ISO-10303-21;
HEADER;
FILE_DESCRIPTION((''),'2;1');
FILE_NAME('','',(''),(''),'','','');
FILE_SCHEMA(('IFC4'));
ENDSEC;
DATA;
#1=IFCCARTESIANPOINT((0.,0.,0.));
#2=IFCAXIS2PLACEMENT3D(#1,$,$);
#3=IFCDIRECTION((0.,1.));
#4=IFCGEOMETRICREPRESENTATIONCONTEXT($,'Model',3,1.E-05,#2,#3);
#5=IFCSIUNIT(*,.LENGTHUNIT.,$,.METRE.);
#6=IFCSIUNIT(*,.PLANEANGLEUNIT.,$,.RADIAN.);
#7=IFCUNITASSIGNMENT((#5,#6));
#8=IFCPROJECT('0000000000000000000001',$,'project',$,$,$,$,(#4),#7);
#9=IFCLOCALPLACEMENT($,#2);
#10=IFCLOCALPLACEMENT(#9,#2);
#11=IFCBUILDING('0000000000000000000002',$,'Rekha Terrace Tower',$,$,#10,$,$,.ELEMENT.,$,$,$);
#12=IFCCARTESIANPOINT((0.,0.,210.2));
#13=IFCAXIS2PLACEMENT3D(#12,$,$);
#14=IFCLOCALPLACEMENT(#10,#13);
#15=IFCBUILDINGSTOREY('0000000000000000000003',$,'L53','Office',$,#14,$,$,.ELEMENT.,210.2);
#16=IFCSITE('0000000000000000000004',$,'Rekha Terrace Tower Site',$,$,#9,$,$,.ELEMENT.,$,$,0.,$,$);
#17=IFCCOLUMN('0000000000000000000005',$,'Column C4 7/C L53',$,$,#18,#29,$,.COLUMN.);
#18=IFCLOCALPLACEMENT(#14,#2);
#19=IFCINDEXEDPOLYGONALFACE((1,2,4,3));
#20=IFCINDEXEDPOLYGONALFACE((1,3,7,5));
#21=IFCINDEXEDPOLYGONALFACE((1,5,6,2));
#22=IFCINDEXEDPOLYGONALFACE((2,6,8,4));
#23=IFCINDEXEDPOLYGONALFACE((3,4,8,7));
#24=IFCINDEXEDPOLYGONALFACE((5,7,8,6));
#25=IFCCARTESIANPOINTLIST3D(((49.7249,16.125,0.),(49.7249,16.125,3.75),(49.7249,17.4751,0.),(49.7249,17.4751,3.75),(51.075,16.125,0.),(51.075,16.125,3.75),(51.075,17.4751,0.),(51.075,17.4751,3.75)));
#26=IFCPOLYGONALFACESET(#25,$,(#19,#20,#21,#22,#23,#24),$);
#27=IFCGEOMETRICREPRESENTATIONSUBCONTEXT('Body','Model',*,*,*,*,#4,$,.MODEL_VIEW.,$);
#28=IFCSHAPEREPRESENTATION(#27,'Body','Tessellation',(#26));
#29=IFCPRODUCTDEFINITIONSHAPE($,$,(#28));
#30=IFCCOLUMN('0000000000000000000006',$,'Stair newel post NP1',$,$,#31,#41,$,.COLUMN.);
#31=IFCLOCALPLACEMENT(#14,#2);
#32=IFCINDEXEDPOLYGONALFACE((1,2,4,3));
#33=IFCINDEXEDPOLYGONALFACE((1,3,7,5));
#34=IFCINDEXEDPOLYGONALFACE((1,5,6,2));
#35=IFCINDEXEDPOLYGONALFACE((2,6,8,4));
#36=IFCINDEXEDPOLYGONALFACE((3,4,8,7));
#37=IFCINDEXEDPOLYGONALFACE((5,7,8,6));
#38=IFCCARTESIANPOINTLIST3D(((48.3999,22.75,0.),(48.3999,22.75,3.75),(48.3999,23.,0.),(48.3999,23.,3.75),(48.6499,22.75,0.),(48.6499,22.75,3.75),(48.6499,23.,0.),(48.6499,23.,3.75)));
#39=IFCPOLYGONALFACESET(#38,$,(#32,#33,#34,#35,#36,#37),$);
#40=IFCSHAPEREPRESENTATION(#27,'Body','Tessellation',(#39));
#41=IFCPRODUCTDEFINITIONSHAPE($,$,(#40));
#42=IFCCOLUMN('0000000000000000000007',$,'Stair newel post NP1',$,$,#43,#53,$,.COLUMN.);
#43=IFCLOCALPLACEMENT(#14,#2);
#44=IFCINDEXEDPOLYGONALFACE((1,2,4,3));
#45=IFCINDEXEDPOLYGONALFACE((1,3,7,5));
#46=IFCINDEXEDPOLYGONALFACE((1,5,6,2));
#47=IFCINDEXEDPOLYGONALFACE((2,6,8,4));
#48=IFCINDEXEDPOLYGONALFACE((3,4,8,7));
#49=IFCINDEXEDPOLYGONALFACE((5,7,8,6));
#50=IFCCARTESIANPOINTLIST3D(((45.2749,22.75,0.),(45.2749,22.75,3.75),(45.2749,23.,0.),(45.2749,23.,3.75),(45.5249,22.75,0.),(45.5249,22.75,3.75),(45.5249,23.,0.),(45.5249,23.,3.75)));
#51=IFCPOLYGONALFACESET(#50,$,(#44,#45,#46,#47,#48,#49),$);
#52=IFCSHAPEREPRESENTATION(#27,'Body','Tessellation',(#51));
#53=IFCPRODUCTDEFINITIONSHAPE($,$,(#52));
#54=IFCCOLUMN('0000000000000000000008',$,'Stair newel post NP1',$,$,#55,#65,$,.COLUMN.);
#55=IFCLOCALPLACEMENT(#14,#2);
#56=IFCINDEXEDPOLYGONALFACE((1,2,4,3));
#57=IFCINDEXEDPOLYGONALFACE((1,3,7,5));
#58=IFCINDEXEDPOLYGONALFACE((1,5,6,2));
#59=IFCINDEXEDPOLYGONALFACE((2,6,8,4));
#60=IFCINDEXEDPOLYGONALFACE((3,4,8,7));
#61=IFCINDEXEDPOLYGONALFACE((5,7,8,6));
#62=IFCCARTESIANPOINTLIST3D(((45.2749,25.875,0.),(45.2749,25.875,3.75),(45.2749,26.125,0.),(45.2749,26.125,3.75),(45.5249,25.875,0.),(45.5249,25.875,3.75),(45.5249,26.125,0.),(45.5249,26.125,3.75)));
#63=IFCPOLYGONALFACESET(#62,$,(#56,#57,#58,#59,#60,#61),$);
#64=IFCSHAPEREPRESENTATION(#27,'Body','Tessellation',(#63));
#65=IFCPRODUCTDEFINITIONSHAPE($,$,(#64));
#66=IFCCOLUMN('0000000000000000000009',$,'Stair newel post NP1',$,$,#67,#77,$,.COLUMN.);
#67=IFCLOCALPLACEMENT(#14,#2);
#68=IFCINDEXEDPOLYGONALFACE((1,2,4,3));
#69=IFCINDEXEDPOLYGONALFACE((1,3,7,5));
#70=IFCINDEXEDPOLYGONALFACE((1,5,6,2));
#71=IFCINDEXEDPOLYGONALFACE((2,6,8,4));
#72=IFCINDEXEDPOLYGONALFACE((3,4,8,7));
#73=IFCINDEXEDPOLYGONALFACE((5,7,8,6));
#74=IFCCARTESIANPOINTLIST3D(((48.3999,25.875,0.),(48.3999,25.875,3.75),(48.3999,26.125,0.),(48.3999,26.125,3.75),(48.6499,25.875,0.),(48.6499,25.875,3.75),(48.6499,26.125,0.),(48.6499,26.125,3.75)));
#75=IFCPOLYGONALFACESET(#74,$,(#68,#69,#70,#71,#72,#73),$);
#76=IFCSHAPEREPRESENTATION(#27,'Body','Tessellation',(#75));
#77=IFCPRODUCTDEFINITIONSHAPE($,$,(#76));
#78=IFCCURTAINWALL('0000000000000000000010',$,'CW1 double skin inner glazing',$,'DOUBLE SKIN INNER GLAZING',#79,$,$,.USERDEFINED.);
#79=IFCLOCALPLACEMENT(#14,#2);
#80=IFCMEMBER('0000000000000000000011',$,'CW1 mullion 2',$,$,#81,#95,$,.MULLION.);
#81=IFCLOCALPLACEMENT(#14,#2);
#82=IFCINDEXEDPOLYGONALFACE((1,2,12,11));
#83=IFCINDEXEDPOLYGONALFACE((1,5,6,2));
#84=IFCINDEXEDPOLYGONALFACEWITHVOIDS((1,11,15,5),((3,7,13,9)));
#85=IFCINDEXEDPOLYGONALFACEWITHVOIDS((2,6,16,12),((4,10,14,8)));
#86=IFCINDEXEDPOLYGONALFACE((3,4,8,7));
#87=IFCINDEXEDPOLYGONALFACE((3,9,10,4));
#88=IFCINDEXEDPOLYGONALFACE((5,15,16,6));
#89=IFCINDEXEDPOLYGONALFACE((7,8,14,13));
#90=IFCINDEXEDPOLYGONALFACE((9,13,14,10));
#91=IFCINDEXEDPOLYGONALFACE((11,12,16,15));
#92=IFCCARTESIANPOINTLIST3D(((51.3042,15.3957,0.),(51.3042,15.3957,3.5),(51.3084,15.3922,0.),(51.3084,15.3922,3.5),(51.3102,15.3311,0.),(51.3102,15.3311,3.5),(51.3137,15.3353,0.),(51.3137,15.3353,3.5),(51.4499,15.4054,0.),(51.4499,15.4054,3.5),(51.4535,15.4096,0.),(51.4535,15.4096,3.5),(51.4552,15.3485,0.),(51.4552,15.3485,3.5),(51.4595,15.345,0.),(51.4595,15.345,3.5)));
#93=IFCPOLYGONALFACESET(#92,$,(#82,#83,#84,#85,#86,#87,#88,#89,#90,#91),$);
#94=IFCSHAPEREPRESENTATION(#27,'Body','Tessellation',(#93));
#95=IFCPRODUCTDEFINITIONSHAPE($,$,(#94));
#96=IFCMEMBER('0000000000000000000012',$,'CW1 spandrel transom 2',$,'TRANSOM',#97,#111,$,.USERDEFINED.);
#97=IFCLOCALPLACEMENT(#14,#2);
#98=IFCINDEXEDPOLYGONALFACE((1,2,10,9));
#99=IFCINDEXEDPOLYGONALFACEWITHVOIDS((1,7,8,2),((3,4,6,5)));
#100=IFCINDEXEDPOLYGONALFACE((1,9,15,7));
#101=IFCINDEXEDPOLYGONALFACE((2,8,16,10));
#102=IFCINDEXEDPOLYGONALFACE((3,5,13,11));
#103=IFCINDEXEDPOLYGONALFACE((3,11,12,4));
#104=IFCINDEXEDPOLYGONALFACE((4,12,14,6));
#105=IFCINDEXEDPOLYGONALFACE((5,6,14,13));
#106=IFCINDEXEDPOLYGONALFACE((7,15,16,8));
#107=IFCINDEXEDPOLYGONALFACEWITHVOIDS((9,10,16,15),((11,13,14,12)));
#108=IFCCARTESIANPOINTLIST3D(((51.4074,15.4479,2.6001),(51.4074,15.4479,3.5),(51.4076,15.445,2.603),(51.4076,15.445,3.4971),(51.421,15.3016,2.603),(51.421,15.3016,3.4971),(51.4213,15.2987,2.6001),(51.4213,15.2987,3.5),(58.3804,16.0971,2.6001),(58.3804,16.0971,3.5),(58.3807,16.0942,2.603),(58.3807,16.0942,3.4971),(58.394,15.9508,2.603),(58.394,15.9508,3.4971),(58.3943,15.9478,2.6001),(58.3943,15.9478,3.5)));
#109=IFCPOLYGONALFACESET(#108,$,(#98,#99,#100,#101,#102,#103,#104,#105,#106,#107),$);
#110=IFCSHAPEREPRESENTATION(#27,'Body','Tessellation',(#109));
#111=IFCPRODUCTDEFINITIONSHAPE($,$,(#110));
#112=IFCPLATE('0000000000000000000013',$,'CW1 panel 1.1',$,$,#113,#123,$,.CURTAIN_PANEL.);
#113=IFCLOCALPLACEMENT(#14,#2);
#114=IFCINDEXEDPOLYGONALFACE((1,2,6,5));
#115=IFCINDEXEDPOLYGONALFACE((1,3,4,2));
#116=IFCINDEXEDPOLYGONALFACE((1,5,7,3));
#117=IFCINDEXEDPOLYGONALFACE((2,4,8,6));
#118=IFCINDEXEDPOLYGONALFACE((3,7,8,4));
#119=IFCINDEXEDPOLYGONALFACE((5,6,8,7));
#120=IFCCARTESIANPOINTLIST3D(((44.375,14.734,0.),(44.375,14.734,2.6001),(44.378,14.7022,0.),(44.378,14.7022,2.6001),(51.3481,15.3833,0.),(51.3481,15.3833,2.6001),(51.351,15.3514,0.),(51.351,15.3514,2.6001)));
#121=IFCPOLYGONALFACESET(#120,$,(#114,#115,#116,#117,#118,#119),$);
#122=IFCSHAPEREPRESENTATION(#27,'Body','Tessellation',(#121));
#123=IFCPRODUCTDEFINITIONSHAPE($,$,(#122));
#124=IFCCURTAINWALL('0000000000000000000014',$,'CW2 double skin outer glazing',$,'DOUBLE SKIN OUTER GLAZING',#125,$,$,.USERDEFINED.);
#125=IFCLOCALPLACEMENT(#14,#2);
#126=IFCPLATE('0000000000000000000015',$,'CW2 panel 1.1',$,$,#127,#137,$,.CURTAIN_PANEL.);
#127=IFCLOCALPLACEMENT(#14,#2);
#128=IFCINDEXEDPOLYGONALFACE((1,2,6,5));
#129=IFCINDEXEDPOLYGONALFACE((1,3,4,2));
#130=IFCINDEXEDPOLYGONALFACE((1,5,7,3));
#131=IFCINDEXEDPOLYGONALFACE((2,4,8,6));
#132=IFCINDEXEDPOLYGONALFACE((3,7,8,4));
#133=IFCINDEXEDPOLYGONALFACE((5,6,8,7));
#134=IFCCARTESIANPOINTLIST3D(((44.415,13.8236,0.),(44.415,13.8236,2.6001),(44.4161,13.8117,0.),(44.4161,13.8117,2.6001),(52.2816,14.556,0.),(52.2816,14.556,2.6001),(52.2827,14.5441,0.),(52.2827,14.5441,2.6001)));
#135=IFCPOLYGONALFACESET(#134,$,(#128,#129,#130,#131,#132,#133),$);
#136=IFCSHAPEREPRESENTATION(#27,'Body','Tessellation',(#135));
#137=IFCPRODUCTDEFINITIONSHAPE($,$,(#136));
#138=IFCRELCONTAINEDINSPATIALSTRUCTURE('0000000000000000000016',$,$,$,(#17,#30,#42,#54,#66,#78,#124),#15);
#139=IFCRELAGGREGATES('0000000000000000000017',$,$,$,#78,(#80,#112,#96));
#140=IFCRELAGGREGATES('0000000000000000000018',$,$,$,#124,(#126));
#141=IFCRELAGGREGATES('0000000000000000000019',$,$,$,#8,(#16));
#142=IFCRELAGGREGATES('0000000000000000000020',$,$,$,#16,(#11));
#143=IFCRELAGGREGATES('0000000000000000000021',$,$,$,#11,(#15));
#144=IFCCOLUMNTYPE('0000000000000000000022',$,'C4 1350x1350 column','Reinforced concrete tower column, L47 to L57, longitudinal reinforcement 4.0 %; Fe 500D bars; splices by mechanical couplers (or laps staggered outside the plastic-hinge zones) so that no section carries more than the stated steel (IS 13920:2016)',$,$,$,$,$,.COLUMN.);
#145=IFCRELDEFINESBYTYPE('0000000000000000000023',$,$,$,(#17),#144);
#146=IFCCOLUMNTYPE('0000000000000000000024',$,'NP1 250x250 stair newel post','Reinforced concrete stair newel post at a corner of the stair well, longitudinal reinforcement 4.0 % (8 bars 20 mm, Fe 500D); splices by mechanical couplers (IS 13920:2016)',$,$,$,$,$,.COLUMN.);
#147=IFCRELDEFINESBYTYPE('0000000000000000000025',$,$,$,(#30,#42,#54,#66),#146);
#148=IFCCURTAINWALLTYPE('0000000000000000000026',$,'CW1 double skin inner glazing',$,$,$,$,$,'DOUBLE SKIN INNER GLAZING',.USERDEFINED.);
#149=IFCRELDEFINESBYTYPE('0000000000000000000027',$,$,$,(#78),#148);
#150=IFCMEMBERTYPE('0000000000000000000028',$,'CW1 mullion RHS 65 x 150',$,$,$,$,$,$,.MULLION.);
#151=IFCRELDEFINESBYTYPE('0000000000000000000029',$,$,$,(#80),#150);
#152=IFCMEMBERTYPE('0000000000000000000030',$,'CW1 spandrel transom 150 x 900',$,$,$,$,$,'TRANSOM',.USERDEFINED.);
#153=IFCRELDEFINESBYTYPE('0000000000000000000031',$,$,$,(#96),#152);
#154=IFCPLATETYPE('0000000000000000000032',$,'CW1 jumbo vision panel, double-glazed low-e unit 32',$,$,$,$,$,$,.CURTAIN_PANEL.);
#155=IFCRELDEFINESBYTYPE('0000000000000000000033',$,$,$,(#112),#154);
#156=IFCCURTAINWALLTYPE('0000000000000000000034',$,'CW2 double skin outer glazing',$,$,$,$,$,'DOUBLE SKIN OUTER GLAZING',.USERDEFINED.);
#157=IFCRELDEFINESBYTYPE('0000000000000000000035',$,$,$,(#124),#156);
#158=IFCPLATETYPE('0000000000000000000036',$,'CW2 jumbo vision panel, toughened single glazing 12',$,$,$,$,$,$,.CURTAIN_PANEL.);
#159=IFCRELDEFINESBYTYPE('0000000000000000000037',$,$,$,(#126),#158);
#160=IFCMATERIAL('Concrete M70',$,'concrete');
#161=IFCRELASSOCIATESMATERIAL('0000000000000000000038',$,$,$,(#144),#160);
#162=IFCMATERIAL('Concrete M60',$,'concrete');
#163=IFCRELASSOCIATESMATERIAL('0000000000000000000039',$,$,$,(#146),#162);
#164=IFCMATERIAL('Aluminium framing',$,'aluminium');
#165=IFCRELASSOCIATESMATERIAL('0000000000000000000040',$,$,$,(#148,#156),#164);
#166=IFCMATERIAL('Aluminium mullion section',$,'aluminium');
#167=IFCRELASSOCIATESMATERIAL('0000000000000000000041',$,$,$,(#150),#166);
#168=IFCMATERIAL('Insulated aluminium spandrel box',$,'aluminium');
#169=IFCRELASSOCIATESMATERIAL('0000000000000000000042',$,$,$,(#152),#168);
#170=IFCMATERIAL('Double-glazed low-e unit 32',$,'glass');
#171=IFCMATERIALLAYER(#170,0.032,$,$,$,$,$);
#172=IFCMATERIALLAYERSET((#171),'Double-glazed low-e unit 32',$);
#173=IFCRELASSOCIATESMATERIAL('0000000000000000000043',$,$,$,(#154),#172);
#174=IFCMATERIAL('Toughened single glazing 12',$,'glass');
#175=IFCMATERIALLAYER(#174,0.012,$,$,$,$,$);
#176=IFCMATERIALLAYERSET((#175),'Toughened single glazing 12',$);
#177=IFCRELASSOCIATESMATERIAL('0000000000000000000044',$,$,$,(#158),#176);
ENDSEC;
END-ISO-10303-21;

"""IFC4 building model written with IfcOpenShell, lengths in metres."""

from ifc_helpers import new_model, si_unit, direction, frame, origin, origin_2d, place, context, subcontext, project, spatial, rectangle, hollow_rectangle, extrude, material, layer, layer_set, material_profile, profile_set, type_object, element, aggregate, save


model = new_model("IFC4")

# Units and contexts
model_context = context("Model", 3, precision=1e-05, world=origin(), true_north=direction((0.0, 1.0)))
body_context = subcontext(model_context, "Body", "Model", "MODEL_VIEW")
ifc_project = project(units=[si_unit("LENGTHUNIT", "METRE"), si_unit("PLANEANGLEUNIT", "RADIAN")], contexts=[model_context])

# Site, building, storey
site_placement = place(None, origin())
site = spatial("IfcSite", under=ifc_project, at=site_placement, Name="Rekha Terrace Tower Site", CompositionType="ELEMENT", RefElevation=0.0)
building_placement = place(site_placement, origin())
building = spatial("IfcBuilding", under=site, at=building_placement, Name="Rekha Terrace Tower", CompositionType="ELEMENT")
storey_placement = place(building_placement, frame((0.0, 0.0, 210.2)))
storey = spatial("IfcBuildingStorey", under=building, at=storey_placement, Name="L53", Description="Office", CompositionType="ELEMENT", Elevation=210.2)

# Columns
ifc_material_1 = material(Name="Concrete M70", Category="concrete")
ifc_material_profile_1 = material_profile(ifc_material_1, rectangle(XDim=1.3501, YDim=1.3501, at=origin_2d()), Name="RC 1350x1350")
ifc_profile_set_1 = profile_set([ifc_material_profile_1], Name="Concrete M70")
column_type_1 = type_object("IfcColumnType", Name="C4 1350x1350 column", Description="Reinforced concrete tower column, L47 to L57, longitudinal reinforcement 4.0 %; Fe 500D bars; splices by mechanical couplers (or laps staggered outside the plastic-hinge zones) so that no section carries more than the stated steel (IS 13920:2016)", PredefinedType="COLUMN", material=ifc_profile_set_1)
column_placement = place(storey_placement, frame((50.3999, 16.8, 0.0), z_axis=(0.0, 0.0, 1.0), x_axis=(1.0, 0.0, 0.0)))
element("IfcColumn", 1, at=column_placement, inside=storey, type_object=column_type_1, Name="Column C4 7/C L53", PredefinedType="COLUMN", context=body_context, shape_type="SweptSolid", body=[
    extrude(rectangle(XDim=1.3501, YDim=1.3501, at=origin_2d()), origin(), (0.0, 0.0, 1.0), 3.75),
])
ifc_material_2 = material(Name="Concrete M60", Category="concrete")
ifc_material_profile_2 = material_profile(ifc_material_2, rectangle(XDim=0.25, YDim=0.25, at=origin_2d()), Name="RC 250x250")
ifc_profile_set_2 = profile_set([ifc_material_profile_2], Name="Concrete M60")
column_type_2 = type_object("IfcColumnType", Name="NP1 250x250 stair newel post", Description="Reinforced concrete stair newel post at a corner of the stair well, longitudinal reinforcement 4.0 % (8 bars 20 mm, Fe 500D); splices by mechanical couplers (IS 13920:2016)", PredefinedType="COLUMN", material=ifc_profile_set_2)
for number, where, z_axis, x_axis, name in (
    (2, (48.5249, 22.875, 0.0), (0.0, 0.0, 1.0), (1.0, 0.0, 0.0), "Stair newel post NP1"),
    (3, (45.3999, 22.875, 0.0), (0.0, 0.0, 1.0), (1.0, 0.0, 0.0), "Stair newel post NP1"),
    (4, (45.3999, 26.0, 0.0), (0.0, 0.0, 1.0), (1.0, 0.0, 0.0), "Stair newel post NP1"),
    (5, (48.5249, 26.0, 0.0), (0.0, 0.0, 1.0), (1.0, 0.0, 0.0), "Stair newel post NP1"),
):
    element("IfcColumn", number, at=place(storey_placement, frame(where, z_axis=z_axis, x_axis=x_axis)), inside=storey, type_object=column_type_2, Name=name, PredefinedType="COLUMN", context=body_context, shape_type="SweptSolid", body=[
        extrude(rectangle(XDim=0.25, YDim=0.25, at=origin_2d()), origin(), (0.0, 0.0, 1.0), 3.75),
    ])

# Curtain wall, members, plate
ifc_material_3 = material(Name="Aluminium framing", Category="aluminium")
curtain_wall_type_1 = type_object("IfcCurtainWallType", Name="CW1 double skin inner glazing", ElementType="DOUBLE SKIN INNER GLAZING", PredefinedType="USERDEFINED", material=ifc_material_3)
curtain_wall_1_placement = place(storey_placement, origin())
curtain_wall_1 = element("IfcCurtainWall", 6, at=curtain_wall_1_placement, inside=storey, type_object=curtain_wall_type_1, Name="CW1 double skin inner glazing", ObjectType="DOUBLE SKIN INNER GLAZING", PredefinedType="USERDEFINED")
ifc_material_4 = material(Name="Aluminium mullion section", Category="aluminium")
ifc_material_profile_3 = material_profile(ifc_material_4, hollow_rectangle(XDim=0.0649, YDim=0.1499, WallThickness=0.0039, at=origin_2d()), Name="AL RHS 65x150")
ifc_profile_set_3 = profile_set([ifc_material_profile_3], Name="Aluminium mullion section")
member_type_1 = type_object("IfcMemberType", Name="CW1 mullion RHS 65 x 150", PredefinedType="MULLION", material=ifc_profile_set_3)
member_1_placement = place(storey_placement, frame((51.3818, 15.3704, 0.0), z_axis=(0.0, 0.0, 1.0), x_axis=(-0.092709, 0.995693, 0.0)))
member_1 = element("IfcMember", 7, at=member_1_placement, type_object=member_type_1, Name="CW1 mullion 2", PredefinedType="MULLION", context=body_context, shape_type="SweptSolid", body=[
    extrude(hollow_rectangle(XDim=0.0649, YDim=0.1499, WallThickness=0.0039, at=origin_2d()), origin(), (0.0, 0.0, 1.0), 3.5),
])
ifc_material_5 = material(Name="Insulated aluminium spandrel box", Category="aluminium")
ifc_material_profile_4 = material_profile(ifc_material_5, hollow_rectangle(XDim=0.1499, YDim=0.8999, WallThickness=0.0029, at=origin_2d()), Name="AL SPANDREL BOX 150x900")
ifc_profile_set_4 = profile_set([ifc_material_profile_4], Name="Insulated aluminium spandrel box")
member_type_2 = type_object("IfcMemberType", Name="CW1 spandrel transom 150 x 900", ElementType="TRANSOM", PredefinedType="USERDEFINED", material=ifc_profile_set_4)
member_2_placement = place(storey_placement, frame((51.4143, 15.3733, 3.05), z_axis=(0.995694, 0.092698, 0.0), x_axis=(-0.092698, 0.995694, 0.0)))
member_2 = element("IfcMember", 8, at=member_2_placement, type_object=member_type_2, Name="CW1 spandrel transom 2", ObjectType="TRANSOM", PredefinedType="USERDEFINED", context=body_context, shape_type="SweptSolid", body=[
    extrude(hollow_rectangle(XDim=0.1499, YDim=0.8999, WallThickness=0.0029, at=origin_2d()), origin(), (0.0, 0.0, 1.0), 7.0032),
])
ifc_material_6 = material(Name="Double-glazed low-e unit 32", Category="glass")
ifc_layer_1 = layer(ifc_material_6, 0.032)
ifc_layer_set_1 = layer_set([ifc_layer_1], Name="Double-glazed low-e unit 32")
plate_type_1 = type_object("IfcPlateType", Name="CW1 jumbo vision panel, double-glazed low-e unit 32", PredefinedType="CURTAIN_PANEL", material=ifc_layer_set_1)
plate_1_placement = place(storey_placement, frame((47.863, 15.0427, 0.0), z_axis=(0.0, 0.0, 1.0), x_axis=(0.995693, 0.092709, 0.0)))
plate_1 = element("IfcPlate", 9, at=plate_1_placement, type_object=plate_type_1, Name="CW1 panel 1.1", PredefinedType="CURTAIN_PANEL", context=body_context, shape_type="SweptSolid", body=[
    extrude(rectangle(XDim=7.0032, YDim=0.032, at=origin_2d()), origin(), (0.0, 0.0, 1.0), 2.6001),
])
aggregate(curtain_wall_1, [member_1, plate_1, member_2])

# Curtain wall, plate
curtain_wall_type_2 = type_object("IfcCurtainWallType", Name="CW2 double skin outer glazing", ElementType="DOUBLE SKIN OUTER GLAZING", PredefinedType="USERDEFINED", material=ifc_material_3)
curtain_wall_2_placement = place(storey_placement, origin())
curtain_wall_2 = element("IfcCurtainWall", 10, at=curtain_wall_2_placement, inside=storey, type_object=curtain_wall_type_2, Name="CW2 double skin outer glazing", ObjectType="DOUBLE SKIN OUTER GLAZING", PredefinedType="USERDEFINED")
ifc_material_7 = material(Name="Toughened single glazing 12", Category="glass")
ifc_layer_2 = layer(ifc_material_7, 0.012)
ifc_layer_set_2 = layer_set([ifc_layer_2], Name="Toughened single glazing 12")
plate_type_2 = type_object("IfcPlateType", Name="CW2 jumbo vision panel, toughened single glazing 12", PredefinedType="CURTAIN_PANEL", material=ifc_layer_set_2)
plate_2_placement = place(storey_placement, frame((48.3489, 14.1838, 0.0), z_axis=(0.0, 0.0, 1.0), x_axis=(0.995693, 0.092709, 0.0)))
plate_2 = element("IfcPlate", 11, at=plate_2_placement, type_object=plate_type_2, Name="CW2 panel 1.1", PredefinedType="CURTAIN_PANEL", context=body_context, shape_type="SweptSolid", body=[
    extrude(rectangle(XDim=7.9006, YDim=0.012, at=origin_2d()), origin(), (0.0, 0.0, 1.0), 2.6001),
])
aggregate(curtain_wall_2, [plate_2])

save(model, "model.ifc")
